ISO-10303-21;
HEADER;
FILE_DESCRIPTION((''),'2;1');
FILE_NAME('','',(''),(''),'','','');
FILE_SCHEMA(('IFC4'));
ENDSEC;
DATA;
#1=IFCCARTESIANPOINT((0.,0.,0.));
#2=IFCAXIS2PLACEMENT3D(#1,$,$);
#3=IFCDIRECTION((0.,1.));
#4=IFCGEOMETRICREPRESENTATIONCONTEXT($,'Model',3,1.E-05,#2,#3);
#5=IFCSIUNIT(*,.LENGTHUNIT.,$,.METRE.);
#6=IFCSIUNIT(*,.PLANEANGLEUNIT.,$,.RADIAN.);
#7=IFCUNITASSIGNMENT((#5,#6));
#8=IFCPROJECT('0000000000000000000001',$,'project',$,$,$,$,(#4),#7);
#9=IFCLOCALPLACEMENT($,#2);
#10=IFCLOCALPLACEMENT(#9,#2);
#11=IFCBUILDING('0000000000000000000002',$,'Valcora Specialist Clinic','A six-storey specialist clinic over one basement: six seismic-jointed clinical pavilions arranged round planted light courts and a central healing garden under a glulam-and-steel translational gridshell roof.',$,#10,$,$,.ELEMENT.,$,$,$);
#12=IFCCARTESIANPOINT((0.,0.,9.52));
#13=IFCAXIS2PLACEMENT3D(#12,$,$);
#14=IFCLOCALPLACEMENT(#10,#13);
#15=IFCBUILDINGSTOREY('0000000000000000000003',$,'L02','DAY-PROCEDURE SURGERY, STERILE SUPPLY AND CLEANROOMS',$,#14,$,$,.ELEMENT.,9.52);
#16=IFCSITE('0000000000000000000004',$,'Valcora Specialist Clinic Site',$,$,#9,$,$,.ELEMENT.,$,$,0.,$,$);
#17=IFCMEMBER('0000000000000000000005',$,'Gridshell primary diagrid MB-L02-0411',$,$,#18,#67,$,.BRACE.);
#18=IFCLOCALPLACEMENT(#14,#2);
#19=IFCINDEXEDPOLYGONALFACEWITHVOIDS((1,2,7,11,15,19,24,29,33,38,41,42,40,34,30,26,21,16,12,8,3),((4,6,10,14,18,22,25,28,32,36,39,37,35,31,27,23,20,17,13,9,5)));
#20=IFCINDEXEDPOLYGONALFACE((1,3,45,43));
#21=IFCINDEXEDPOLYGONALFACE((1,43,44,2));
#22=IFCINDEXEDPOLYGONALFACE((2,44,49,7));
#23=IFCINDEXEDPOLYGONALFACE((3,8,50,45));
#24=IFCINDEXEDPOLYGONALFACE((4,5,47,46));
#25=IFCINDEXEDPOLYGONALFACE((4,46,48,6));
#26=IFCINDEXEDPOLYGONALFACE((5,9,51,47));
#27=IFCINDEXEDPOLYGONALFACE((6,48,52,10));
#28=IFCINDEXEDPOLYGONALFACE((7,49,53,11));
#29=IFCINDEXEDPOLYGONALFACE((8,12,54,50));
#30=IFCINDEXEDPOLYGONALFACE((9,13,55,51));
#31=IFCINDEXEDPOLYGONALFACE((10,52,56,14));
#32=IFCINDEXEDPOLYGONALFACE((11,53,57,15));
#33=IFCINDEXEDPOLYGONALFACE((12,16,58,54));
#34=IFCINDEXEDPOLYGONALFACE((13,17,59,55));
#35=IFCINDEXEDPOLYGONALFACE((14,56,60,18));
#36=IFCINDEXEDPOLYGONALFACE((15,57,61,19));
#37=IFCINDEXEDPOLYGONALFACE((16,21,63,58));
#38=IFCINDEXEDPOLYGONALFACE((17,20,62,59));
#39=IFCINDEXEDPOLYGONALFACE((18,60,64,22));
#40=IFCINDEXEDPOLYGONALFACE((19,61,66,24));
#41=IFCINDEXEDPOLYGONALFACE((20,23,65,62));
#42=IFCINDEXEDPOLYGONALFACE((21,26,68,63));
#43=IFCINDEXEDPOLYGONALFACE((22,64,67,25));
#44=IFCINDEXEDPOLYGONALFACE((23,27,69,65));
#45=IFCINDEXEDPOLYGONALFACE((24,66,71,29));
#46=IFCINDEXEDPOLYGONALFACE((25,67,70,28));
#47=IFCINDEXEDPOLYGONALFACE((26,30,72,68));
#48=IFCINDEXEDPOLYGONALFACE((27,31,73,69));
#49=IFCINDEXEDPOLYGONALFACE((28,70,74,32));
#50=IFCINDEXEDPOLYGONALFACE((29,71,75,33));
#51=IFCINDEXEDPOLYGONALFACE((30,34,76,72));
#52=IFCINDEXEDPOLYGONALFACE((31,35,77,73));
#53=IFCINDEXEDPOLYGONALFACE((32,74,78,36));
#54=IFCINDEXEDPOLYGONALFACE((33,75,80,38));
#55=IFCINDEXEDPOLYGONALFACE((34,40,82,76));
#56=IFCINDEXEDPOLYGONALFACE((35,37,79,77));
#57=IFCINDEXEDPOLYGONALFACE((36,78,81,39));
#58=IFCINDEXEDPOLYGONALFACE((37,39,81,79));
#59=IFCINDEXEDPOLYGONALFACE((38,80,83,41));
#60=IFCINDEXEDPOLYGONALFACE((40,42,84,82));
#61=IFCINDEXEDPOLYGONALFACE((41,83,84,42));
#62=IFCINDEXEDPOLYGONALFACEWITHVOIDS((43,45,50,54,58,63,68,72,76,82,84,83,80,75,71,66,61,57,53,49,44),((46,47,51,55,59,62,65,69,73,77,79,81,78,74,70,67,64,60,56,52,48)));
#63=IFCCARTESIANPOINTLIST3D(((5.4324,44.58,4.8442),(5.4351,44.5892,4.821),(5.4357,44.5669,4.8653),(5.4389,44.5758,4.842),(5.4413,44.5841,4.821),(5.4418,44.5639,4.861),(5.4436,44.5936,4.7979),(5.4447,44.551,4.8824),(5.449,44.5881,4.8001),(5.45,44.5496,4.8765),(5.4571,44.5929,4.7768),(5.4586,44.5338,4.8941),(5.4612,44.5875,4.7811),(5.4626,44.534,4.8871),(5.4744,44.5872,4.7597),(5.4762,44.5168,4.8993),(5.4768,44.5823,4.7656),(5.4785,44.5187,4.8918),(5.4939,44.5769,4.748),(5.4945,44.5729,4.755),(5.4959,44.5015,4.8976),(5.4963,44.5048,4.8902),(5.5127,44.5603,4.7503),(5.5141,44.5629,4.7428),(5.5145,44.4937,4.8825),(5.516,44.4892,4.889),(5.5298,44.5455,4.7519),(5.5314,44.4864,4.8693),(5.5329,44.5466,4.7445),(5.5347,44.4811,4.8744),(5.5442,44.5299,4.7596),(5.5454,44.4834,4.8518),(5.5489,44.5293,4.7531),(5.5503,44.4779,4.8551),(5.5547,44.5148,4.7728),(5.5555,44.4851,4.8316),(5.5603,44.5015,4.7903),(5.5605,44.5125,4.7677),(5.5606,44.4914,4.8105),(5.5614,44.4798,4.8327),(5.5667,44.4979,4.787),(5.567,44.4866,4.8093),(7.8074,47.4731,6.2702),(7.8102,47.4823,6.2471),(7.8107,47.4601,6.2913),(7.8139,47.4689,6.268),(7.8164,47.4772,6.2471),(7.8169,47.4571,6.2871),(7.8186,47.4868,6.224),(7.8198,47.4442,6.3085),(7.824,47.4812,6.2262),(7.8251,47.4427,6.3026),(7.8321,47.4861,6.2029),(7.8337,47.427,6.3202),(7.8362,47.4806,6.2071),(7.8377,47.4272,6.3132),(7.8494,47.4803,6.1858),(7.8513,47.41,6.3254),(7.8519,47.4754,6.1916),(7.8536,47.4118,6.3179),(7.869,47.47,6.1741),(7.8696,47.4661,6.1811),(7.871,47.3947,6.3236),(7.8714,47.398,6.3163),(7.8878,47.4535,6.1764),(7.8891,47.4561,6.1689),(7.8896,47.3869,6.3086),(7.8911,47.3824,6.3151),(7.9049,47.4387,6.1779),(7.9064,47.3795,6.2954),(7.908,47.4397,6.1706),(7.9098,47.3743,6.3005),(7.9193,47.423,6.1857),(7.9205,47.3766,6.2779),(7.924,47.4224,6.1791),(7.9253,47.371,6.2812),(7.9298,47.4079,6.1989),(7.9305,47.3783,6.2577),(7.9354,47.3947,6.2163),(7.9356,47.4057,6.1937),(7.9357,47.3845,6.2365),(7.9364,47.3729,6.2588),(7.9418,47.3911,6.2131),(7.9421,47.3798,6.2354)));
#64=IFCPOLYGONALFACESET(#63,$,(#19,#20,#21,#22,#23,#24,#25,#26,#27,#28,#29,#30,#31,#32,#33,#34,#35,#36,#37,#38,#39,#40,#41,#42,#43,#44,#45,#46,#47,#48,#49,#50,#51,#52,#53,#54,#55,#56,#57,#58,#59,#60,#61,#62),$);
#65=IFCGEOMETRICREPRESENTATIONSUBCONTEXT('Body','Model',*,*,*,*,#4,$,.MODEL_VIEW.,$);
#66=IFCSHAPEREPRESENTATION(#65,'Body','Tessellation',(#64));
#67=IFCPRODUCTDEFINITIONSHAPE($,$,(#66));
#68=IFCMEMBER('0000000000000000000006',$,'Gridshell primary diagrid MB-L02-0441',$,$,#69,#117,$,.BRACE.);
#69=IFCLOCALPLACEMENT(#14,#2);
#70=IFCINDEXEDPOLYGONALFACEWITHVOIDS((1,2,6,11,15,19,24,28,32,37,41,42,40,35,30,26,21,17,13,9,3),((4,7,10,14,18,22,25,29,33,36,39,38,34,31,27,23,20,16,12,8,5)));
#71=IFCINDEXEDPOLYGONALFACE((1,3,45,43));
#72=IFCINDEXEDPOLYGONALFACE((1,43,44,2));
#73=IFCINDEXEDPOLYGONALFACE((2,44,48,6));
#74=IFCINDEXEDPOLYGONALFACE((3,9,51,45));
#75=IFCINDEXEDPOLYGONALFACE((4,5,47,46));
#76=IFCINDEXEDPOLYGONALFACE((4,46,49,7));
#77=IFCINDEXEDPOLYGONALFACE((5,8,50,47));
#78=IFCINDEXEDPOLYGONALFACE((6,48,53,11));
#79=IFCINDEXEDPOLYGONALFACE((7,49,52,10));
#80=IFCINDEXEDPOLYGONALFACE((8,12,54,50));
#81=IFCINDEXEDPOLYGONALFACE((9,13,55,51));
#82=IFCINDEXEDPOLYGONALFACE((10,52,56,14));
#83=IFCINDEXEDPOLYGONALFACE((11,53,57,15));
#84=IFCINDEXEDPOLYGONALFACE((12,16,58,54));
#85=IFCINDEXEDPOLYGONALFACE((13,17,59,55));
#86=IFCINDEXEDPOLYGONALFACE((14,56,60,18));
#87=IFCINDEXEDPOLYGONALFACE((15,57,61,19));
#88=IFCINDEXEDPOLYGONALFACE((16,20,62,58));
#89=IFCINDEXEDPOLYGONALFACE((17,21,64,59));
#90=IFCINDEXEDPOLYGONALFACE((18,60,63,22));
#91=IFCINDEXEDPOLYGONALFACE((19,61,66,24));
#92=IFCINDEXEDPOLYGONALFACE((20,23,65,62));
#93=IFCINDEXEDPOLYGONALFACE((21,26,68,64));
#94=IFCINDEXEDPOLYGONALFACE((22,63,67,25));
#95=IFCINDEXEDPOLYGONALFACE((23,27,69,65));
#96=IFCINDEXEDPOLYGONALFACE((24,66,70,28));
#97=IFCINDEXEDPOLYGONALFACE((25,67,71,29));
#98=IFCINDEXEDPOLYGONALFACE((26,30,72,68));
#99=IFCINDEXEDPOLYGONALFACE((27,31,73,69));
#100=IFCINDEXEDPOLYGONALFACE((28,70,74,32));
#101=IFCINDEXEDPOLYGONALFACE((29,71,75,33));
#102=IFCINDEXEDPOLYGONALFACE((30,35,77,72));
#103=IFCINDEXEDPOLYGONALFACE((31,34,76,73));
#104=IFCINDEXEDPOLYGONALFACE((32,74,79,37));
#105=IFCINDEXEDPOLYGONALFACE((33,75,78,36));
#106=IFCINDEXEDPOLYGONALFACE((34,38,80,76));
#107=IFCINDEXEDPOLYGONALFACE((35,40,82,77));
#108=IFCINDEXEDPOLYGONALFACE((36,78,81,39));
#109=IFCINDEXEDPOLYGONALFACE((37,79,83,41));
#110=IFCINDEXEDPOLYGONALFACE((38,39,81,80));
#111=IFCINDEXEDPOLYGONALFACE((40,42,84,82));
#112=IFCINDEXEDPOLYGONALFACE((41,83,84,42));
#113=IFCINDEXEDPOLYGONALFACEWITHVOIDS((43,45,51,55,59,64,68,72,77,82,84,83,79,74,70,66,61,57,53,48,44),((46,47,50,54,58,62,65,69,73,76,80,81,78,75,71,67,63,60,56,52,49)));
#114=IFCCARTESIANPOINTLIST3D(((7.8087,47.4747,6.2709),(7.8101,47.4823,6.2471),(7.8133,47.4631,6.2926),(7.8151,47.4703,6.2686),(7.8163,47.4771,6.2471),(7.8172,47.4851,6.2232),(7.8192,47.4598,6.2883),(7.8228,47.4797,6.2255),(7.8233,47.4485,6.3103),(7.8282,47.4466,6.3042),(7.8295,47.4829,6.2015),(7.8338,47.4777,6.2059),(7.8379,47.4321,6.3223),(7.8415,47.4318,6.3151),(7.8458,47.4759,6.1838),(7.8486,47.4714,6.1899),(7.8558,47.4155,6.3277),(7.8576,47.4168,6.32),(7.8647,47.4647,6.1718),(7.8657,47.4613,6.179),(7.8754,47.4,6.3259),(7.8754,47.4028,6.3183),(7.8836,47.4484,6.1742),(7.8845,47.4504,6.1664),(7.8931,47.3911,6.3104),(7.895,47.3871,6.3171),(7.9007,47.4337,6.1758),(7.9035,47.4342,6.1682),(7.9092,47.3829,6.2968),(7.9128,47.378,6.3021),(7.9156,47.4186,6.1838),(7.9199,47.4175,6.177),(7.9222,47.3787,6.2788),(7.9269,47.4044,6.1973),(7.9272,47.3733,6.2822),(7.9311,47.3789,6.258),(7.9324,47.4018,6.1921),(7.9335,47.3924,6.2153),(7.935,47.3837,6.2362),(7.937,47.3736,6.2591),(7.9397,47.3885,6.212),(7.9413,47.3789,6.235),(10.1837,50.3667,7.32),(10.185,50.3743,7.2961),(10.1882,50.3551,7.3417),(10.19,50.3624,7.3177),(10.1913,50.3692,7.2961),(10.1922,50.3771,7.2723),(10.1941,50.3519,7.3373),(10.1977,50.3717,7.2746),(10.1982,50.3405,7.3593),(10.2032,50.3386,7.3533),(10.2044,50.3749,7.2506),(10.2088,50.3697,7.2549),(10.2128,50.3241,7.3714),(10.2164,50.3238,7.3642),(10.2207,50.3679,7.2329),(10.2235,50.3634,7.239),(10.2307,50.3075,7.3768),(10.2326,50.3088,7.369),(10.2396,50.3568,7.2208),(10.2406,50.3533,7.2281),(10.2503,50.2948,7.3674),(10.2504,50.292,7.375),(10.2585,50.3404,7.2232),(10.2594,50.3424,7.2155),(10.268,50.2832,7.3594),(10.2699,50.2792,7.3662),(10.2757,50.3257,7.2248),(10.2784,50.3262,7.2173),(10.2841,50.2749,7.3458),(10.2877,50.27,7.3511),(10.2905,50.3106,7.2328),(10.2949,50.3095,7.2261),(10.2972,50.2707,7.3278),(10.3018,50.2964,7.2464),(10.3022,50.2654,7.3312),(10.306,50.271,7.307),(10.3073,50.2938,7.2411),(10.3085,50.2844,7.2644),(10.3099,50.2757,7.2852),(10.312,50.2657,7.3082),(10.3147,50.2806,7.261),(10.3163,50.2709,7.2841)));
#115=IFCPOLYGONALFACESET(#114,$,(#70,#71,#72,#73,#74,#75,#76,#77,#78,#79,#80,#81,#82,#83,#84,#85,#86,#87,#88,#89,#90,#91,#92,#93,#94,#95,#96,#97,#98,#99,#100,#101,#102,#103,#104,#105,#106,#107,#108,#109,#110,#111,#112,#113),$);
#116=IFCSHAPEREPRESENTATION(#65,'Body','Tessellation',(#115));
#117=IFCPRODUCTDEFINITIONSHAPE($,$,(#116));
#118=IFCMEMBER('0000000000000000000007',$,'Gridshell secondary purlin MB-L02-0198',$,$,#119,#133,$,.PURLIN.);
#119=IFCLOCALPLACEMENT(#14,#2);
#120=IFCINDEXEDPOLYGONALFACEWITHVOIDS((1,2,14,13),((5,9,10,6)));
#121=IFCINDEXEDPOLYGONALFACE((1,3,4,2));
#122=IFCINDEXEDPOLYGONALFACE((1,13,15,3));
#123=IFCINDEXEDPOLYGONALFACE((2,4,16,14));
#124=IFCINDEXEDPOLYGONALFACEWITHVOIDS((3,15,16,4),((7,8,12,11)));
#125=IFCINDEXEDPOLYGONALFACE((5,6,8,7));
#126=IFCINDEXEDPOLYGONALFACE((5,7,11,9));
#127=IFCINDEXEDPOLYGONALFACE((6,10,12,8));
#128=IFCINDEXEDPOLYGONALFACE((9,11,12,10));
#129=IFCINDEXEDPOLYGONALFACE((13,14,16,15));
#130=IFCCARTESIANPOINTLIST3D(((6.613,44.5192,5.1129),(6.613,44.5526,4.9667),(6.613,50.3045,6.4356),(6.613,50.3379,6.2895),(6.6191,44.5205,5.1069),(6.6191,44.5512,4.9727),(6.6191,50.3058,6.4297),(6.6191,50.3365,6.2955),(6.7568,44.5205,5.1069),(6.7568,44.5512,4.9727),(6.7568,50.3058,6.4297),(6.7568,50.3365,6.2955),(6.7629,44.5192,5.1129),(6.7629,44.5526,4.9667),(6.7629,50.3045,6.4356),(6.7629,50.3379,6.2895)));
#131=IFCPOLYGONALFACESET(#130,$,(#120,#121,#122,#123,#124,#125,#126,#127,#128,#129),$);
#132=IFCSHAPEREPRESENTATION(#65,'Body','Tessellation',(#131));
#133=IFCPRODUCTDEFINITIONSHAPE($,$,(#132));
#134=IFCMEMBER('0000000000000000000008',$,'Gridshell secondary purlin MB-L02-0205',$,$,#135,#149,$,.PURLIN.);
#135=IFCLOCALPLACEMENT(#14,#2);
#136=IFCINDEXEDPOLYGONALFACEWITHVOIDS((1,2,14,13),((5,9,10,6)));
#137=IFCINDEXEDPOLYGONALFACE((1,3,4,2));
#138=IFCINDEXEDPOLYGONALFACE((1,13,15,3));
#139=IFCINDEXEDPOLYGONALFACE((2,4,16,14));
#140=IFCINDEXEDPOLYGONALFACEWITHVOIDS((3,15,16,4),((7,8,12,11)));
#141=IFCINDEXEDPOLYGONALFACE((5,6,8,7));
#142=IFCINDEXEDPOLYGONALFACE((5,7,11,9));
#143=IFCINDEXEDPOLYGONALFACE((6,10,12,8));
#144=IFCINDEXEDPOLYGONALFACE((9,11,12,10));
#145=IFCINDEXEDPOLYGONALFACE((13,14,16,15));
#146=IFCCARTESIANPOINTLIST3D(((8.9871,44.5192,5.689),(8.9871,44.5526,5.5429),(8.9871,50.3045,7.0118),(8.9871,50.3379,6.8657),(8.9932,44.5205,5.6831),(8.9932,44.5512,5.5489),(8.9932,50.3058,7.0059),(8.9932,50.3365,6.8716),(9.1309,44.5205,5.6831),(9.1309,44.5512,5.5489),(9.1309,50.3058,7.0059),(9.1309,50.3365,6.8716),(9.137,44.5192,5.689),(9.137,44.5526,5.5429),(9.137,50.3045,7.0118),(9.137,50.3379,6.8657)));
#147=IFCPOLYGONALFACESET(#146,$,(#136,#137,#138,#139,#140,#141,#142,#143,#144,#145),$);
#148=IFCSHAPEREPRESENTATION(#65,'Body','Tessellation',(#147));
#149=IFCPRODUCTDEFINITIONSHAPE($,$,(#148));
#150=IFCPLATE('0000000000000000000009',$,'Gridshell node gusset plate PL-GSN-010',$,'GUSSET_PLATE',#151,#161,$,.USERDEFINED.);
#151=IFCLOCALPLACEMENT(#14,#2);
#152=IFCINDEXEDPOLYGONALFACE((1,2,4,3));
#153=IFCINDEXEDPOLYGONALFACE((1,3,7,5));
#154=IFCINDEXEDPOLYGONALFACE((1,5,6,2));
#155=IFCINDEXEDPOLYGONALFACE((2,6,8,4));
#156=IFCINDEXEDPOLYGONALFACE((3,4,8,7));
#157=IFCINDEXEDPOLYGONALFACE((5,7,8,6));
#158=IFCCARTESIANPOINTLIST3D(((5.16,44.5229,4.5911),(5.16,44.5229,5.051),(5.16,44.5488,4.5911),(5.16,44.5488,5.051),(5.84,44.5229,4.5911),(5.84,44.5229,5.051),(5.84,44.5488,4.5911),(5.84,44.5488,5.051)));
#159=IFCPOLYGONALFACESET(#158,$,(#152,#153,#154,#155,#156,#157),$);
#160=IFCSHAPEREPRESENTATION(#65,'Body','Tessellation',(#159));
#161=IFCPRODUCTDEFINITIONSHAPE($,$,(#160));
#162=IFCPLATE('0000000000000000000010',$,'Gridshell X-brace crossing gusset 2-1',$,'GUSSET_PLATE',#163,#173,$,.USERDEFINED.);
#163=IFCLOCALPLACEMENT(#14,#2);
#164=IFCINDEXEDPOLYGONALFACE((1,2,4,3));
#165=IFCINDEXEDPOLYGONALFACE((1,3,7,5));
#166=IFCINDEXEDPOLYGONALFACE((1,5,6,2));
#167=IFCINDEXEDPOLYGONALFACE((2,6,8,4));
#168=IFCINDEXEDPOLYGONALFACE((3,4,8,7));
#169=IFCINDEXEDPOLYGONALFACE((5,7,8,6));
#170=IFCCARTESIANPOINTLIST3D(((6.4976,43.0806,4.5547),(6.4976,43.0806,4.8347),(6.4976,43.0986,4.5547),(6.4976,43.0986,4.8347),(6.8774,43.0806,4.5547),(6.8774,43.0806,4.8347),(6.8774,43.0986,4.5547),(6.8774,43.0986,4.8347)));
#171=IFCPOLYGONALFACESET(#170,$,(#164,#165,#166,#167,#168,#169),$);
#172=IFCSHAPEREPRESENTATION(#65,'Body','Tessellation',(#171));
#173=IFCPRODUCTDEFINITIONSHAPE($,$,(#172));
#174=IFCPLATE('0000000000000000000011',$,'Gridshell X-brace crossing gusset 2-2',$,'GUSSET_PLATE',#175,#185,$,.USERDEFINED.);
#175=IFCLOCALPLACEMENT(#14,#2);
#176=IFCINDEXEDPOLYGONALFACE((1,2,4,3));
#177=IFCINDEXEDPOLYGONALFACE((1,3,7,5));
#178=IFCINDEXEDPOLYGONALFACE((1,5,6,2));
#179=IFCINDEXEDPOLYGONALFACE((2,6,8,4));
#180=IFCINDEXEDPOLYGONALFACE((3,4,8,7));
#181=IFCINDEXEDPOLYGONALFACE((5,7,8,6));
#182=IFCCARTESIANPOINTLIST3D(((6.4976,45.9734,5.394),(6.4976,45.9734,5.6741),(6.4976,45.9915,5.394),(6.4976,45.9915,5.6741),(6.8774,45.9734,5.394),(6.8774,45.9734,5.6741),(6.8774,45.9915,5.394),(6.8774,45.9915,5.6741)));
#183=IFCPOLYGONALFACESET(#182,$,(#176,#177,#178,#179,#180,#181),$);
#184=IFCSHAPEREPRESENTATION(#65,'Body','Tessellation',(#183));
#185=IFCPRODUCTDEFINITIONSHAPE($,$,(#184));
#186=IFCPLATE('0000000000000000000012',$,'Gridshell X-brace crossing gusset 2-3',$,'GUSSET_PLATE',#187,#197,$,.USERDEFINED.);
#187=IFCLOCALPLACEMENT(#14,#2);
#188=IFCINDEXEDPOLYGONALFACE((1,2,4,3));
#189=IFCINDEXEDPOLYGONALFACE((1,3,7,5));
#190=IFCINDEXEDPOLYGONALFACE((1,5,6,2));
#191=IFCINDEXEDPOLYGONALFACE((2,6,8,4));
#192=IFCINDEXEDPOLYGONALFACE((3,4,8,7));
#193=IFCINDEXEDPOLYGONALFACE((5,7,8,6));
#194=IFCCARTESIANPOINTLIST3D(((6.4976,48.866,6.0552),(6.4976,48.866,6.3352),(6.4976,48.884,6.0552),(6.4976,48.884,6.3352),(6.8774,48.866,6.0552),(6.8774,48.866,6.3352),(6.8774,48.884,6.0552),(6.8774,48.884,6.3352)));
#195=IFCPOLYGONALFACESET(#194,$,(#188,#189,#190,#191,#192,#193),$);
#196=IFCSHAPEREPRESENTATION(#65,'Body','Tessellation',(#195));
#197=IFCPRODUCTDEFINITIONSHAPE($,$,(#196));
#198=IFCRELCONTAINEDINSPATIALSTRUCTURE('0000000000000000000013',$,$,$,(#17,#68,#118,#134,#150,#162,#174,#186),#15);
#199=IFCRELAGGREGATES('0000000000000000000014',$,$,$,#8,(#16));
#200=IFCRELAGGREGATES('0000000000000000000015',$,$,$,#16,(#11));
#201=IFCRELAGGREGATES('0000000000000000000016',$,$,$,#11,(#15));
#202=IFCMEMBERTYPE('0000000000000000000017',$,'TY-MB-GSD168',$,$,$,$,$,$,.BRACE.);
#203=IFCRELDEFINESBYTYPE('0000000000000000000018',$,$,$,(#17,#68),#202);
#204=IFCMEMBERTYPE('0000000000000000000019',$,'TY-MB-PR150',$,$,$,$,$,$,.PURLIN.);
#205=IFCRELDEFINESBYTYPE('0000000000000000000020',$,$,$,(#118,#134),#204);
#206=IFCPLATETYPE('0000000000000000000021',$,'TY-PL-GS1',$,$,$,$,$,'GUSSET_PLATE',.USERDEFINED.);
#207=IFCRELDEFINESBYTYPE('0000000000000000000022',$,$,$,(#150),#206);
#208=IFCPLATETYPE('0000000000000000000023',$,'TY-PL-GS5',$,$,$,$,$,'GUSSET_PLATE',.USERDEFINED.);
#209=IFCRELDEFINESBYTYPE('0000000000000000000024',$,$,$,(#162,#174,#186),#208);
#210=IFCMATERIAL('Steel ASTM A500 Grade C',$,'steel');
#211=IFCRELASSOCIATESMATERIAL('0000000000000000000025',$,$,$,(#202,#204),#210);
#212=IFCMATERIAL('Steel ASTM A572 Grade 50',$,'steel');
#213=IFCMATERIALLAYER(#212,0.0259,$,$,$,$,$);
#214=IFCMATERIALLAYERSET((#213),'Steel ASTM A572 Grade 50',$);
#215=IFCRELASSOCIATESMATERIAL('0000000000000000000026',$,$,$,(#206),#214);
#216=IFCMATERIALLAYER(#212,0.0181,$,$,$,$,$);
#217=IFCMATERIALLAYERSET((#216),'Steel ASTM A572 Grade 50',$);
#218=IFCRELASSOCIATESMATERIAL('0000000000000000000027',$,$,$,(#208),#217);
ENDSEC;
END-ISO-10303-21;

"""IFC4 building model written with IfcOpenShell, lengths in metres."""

from ifc_helpers import new_model, si_unit, direction, frame, origin, origin_2d, place, context, subcontext, project, spatial, rectangle, hollow_rectangle, hollow_circle, extrude, material, layer, layer_set, material_profile, profile_set, type_object, element, save


model = new_model("IFC4")

# Units and contexts
model_context = context("Model", 3, precision=1e-05, world=origin(), true_north=direction((0.0, 1.0)))
body_context = subcontext(model_context, "Body", "Model", "MODEL_VIEW")
ifc_project = project(units=[si_unit("LENGTHUNIT", "METRE"), si_unit("PLANEANGLEUNIT", "RADIAN")], contexts=[model_context])

# Site, building, storey
site_placement = place(None, origin())
site = spatial("IfcSite", under=ifc_project, at=site_placement, Name="Valcora Specialist Clinic Site", CompositionType="ELEMENT", RefElevation=0.0)
building_placement = place(site_placement, origin())
building = spatial("IfcBuilding", under=site, at=building_placement, Name="Valcora Specialist Clinic", Description="A six-storey specialist clinic over one basement: six seismic-jointed clinical pavilions arranged round planted light courts and a central healing garden under a glulam-and-steel translational gridshell roof.", CompositionType="ELEMENT")
storey_placement = place(building_placement, frame((0.0, 0.0, 9.52)))
storey = spatial("IfcBuildingStorey", under=building, at=storey_placement, Name="L02", Description="DAY-PROCEDURE SURGERY, STERILE SUPPLY AND CLEANROOMS", CompositionType="ELEMENT", Elevation=9.52)

# Members
ifc_material_1 = material(Name="Steel ASTM A500 Grade C", Category="steel")
ifc_material_profile_1 = material_profile(ifc_material_1, hollow_circle(Radius=0.084, WallThickness=0.0081, at=origin_2d()), Name="ST-CHS-168X8")
ifc_profile_set_1 = profile_set([ifc_material_profile_1], Name="Steel ASTM A500 Grade C")
member_type_1 = type_object("IfcMemberType", Name="TY-MB-GSD168", PredefinedType="BRACE", material=ifc_profile_set_1)
member_1_placement = place(storey_placement, frame((5.5, 44.5359, 4.821), z_axis=(0.592935, 0.722274, 0.356017), x_axis=(-0.772916, 0.634508, 0.0)))
element("IfcMember", 1, at=member_1_placement, inside=storey, type_object=member_type_1, Name="Gridshell primary diagrid MB-L02-0411", PredefinedType="BRACE", context=body_context, shape_type="SweptSolid", body=[
    extrude(hollow_circle(Radius=0.084, WallThickness=0.0081, at=origin_2d()), origin(), (0.0, 0.0, 1.0), 4.0056),
])
member_2_placement = place(storey_placement, frame((7.875, 47.429, 6.2471), z_axis=(0.61108, 0.744126, 0.269923), x_axis=(-0.772811, 0.634636, 0.0)))
element("IfcMember", 2, at=member_2_placement, inside=storey, type_object=member_type_1, Name="Gridshell primary diagrid MB-L02-0441", PredefinedType="BRACE", context=body_context, shape_type="SweptSolid", body=[
    extrude(hollow_circle(Radius=0.084, WallThickness=0.0081, at=origin_2d()), origin(), (0.0, 0.0, 1.0), 3.8865),
])
ifc_material_profile_2 = material_profile(ifc_material_1, hollow_rectangle(XDim=0.1499, YDim=0.1499, WallThickness=0.0061, at=origin_2d()), Name="ST-RHS-150X150X6")
ifc_profile_set_2 = profile_set([ifc_material_profile_2], Name="Steel ASTM A500 Grade C")
member_type_2 = type_object("IfcMemberType", Name="TY-MB-PR150", PredefinedType="PURLIN", material=ifc_profile_set_2)
for number, where, z_axis, x_axis, name in (
    (3, (6.688, 44.5359, 5.0398), (0.0, 0.974843, 0.222894), (-1.0, 0.0, 0.0), "Gridshell secondary purlin MB-L02-0198"),
    (4, (9.062, 44.5359, 5.616), (0.0, 0.974843, 0.222894), (-1.0, 0.0, 0.0), "Gridshell secondary purlin MB-L02-0205"),
):
    element("IfcMember", number, at=place(storey_placement, frame(where, z_axis=z_axis, x_axis=x_axis)), inside=storey, type_object=member_type_2, Name=name, PredefinedType="PURLIN", context=body_context, shape_type="SweptSolid", body=[
        extrude(hollow_rectangle(XDim=0.1499, YDim=0.1499, WallThickness=0.0061, at=origin_2d()), origin(), (0.0, 0.0, 1.0), 5.9346),
    ])

# Plates
ifc_material_2 = material(Name="Steel ASTM A572 Grade 50", Category="steel")
ifc_layer_1 = layer(ifc_material_2, 0.0259)
ifc_layer_set_1 = layer_set([ifc_layer_1], Name="Steel ASTM A572 Grade 50")
plate_type_1 = type_object("IfcPlateType", Name="TY-PL-GS1", ElementType="GUSSET_PLATE", PredefinedType="USERDEFINED", material=ifc_layer_set_1)
plate_placement = place(storey_placement, frame((5.5, 44.5359, 4.5911), z_axis=(0.0, 0.0, 1.0), x_axis=(1.0, 0.0, 0.0)))
element("IfcPlate", 5, at=plate_placement, inside=storey, type_object=plate_type_1, Name="Gridshell node gusset plate PL-GSN-010", ObjectType="GUSSET_PLATE", PredefinedType="USERDEFINED", context=body_context, shape_type="SweptSolid", body=[
    extrude(rectangle(XDim=0.6799, YDim=0.0259, at=origin_2d()), origin(), (0.0, 0.0, 1.0), 0.46),
])
ifc_layer_2 = layer(ifc_material_2, 0.0181)
ifc_layer_set_2 = layer_set([ifc_layer_2], Name="Steel ASTM A572 Grade 50")
plate_type_2 = type_object("IfcPlateType", Name="TY-PL-GS5", ElementType="GUSSET_PLATE", PredefinedType="USERDEFINED", material=ifc_layer_set_2)
for number, where, z_axis, x_axis, name in (
    (6, (6.6875, 43.0896, 4.5547), (0.0, 0.0, 1.0), (1.0, 0.0, 0.0), "Gridshell X-brace crossing gusset 2-1"),
    (7, (6.6875, 45.9824, 5.394), (0.0, 0.0, 1.0), (1.0, 0.0, 0.0), "Gridshell X-brace crossing gusset 2-2"),
    (8, (6.6875, 48.875, 6.0552), (0.0, 0.0, 1.0), (1.0, 0.0, 0.0), "Gridshell X-brace crossing gusset 2-3"),
):
    element("IfcPlate", number, at=place(storey_placement, frame(where, z_axis=z_axis, x_axis=x_axis)), inside=storey, type_object=plate_type_2, Name=name, ObjectType="GUSSET_PLATE", PredefinedType="USERDEFINED", context=body_context, shape_type="SweptSolid", body=[
        extrude(rectangle(XDim=0.3799, YDim=0.0181, at=origin_2d()), origin(), (0.0, 0.0, 1.0), 0.28),
    ])

save(model, "model.ifc")
